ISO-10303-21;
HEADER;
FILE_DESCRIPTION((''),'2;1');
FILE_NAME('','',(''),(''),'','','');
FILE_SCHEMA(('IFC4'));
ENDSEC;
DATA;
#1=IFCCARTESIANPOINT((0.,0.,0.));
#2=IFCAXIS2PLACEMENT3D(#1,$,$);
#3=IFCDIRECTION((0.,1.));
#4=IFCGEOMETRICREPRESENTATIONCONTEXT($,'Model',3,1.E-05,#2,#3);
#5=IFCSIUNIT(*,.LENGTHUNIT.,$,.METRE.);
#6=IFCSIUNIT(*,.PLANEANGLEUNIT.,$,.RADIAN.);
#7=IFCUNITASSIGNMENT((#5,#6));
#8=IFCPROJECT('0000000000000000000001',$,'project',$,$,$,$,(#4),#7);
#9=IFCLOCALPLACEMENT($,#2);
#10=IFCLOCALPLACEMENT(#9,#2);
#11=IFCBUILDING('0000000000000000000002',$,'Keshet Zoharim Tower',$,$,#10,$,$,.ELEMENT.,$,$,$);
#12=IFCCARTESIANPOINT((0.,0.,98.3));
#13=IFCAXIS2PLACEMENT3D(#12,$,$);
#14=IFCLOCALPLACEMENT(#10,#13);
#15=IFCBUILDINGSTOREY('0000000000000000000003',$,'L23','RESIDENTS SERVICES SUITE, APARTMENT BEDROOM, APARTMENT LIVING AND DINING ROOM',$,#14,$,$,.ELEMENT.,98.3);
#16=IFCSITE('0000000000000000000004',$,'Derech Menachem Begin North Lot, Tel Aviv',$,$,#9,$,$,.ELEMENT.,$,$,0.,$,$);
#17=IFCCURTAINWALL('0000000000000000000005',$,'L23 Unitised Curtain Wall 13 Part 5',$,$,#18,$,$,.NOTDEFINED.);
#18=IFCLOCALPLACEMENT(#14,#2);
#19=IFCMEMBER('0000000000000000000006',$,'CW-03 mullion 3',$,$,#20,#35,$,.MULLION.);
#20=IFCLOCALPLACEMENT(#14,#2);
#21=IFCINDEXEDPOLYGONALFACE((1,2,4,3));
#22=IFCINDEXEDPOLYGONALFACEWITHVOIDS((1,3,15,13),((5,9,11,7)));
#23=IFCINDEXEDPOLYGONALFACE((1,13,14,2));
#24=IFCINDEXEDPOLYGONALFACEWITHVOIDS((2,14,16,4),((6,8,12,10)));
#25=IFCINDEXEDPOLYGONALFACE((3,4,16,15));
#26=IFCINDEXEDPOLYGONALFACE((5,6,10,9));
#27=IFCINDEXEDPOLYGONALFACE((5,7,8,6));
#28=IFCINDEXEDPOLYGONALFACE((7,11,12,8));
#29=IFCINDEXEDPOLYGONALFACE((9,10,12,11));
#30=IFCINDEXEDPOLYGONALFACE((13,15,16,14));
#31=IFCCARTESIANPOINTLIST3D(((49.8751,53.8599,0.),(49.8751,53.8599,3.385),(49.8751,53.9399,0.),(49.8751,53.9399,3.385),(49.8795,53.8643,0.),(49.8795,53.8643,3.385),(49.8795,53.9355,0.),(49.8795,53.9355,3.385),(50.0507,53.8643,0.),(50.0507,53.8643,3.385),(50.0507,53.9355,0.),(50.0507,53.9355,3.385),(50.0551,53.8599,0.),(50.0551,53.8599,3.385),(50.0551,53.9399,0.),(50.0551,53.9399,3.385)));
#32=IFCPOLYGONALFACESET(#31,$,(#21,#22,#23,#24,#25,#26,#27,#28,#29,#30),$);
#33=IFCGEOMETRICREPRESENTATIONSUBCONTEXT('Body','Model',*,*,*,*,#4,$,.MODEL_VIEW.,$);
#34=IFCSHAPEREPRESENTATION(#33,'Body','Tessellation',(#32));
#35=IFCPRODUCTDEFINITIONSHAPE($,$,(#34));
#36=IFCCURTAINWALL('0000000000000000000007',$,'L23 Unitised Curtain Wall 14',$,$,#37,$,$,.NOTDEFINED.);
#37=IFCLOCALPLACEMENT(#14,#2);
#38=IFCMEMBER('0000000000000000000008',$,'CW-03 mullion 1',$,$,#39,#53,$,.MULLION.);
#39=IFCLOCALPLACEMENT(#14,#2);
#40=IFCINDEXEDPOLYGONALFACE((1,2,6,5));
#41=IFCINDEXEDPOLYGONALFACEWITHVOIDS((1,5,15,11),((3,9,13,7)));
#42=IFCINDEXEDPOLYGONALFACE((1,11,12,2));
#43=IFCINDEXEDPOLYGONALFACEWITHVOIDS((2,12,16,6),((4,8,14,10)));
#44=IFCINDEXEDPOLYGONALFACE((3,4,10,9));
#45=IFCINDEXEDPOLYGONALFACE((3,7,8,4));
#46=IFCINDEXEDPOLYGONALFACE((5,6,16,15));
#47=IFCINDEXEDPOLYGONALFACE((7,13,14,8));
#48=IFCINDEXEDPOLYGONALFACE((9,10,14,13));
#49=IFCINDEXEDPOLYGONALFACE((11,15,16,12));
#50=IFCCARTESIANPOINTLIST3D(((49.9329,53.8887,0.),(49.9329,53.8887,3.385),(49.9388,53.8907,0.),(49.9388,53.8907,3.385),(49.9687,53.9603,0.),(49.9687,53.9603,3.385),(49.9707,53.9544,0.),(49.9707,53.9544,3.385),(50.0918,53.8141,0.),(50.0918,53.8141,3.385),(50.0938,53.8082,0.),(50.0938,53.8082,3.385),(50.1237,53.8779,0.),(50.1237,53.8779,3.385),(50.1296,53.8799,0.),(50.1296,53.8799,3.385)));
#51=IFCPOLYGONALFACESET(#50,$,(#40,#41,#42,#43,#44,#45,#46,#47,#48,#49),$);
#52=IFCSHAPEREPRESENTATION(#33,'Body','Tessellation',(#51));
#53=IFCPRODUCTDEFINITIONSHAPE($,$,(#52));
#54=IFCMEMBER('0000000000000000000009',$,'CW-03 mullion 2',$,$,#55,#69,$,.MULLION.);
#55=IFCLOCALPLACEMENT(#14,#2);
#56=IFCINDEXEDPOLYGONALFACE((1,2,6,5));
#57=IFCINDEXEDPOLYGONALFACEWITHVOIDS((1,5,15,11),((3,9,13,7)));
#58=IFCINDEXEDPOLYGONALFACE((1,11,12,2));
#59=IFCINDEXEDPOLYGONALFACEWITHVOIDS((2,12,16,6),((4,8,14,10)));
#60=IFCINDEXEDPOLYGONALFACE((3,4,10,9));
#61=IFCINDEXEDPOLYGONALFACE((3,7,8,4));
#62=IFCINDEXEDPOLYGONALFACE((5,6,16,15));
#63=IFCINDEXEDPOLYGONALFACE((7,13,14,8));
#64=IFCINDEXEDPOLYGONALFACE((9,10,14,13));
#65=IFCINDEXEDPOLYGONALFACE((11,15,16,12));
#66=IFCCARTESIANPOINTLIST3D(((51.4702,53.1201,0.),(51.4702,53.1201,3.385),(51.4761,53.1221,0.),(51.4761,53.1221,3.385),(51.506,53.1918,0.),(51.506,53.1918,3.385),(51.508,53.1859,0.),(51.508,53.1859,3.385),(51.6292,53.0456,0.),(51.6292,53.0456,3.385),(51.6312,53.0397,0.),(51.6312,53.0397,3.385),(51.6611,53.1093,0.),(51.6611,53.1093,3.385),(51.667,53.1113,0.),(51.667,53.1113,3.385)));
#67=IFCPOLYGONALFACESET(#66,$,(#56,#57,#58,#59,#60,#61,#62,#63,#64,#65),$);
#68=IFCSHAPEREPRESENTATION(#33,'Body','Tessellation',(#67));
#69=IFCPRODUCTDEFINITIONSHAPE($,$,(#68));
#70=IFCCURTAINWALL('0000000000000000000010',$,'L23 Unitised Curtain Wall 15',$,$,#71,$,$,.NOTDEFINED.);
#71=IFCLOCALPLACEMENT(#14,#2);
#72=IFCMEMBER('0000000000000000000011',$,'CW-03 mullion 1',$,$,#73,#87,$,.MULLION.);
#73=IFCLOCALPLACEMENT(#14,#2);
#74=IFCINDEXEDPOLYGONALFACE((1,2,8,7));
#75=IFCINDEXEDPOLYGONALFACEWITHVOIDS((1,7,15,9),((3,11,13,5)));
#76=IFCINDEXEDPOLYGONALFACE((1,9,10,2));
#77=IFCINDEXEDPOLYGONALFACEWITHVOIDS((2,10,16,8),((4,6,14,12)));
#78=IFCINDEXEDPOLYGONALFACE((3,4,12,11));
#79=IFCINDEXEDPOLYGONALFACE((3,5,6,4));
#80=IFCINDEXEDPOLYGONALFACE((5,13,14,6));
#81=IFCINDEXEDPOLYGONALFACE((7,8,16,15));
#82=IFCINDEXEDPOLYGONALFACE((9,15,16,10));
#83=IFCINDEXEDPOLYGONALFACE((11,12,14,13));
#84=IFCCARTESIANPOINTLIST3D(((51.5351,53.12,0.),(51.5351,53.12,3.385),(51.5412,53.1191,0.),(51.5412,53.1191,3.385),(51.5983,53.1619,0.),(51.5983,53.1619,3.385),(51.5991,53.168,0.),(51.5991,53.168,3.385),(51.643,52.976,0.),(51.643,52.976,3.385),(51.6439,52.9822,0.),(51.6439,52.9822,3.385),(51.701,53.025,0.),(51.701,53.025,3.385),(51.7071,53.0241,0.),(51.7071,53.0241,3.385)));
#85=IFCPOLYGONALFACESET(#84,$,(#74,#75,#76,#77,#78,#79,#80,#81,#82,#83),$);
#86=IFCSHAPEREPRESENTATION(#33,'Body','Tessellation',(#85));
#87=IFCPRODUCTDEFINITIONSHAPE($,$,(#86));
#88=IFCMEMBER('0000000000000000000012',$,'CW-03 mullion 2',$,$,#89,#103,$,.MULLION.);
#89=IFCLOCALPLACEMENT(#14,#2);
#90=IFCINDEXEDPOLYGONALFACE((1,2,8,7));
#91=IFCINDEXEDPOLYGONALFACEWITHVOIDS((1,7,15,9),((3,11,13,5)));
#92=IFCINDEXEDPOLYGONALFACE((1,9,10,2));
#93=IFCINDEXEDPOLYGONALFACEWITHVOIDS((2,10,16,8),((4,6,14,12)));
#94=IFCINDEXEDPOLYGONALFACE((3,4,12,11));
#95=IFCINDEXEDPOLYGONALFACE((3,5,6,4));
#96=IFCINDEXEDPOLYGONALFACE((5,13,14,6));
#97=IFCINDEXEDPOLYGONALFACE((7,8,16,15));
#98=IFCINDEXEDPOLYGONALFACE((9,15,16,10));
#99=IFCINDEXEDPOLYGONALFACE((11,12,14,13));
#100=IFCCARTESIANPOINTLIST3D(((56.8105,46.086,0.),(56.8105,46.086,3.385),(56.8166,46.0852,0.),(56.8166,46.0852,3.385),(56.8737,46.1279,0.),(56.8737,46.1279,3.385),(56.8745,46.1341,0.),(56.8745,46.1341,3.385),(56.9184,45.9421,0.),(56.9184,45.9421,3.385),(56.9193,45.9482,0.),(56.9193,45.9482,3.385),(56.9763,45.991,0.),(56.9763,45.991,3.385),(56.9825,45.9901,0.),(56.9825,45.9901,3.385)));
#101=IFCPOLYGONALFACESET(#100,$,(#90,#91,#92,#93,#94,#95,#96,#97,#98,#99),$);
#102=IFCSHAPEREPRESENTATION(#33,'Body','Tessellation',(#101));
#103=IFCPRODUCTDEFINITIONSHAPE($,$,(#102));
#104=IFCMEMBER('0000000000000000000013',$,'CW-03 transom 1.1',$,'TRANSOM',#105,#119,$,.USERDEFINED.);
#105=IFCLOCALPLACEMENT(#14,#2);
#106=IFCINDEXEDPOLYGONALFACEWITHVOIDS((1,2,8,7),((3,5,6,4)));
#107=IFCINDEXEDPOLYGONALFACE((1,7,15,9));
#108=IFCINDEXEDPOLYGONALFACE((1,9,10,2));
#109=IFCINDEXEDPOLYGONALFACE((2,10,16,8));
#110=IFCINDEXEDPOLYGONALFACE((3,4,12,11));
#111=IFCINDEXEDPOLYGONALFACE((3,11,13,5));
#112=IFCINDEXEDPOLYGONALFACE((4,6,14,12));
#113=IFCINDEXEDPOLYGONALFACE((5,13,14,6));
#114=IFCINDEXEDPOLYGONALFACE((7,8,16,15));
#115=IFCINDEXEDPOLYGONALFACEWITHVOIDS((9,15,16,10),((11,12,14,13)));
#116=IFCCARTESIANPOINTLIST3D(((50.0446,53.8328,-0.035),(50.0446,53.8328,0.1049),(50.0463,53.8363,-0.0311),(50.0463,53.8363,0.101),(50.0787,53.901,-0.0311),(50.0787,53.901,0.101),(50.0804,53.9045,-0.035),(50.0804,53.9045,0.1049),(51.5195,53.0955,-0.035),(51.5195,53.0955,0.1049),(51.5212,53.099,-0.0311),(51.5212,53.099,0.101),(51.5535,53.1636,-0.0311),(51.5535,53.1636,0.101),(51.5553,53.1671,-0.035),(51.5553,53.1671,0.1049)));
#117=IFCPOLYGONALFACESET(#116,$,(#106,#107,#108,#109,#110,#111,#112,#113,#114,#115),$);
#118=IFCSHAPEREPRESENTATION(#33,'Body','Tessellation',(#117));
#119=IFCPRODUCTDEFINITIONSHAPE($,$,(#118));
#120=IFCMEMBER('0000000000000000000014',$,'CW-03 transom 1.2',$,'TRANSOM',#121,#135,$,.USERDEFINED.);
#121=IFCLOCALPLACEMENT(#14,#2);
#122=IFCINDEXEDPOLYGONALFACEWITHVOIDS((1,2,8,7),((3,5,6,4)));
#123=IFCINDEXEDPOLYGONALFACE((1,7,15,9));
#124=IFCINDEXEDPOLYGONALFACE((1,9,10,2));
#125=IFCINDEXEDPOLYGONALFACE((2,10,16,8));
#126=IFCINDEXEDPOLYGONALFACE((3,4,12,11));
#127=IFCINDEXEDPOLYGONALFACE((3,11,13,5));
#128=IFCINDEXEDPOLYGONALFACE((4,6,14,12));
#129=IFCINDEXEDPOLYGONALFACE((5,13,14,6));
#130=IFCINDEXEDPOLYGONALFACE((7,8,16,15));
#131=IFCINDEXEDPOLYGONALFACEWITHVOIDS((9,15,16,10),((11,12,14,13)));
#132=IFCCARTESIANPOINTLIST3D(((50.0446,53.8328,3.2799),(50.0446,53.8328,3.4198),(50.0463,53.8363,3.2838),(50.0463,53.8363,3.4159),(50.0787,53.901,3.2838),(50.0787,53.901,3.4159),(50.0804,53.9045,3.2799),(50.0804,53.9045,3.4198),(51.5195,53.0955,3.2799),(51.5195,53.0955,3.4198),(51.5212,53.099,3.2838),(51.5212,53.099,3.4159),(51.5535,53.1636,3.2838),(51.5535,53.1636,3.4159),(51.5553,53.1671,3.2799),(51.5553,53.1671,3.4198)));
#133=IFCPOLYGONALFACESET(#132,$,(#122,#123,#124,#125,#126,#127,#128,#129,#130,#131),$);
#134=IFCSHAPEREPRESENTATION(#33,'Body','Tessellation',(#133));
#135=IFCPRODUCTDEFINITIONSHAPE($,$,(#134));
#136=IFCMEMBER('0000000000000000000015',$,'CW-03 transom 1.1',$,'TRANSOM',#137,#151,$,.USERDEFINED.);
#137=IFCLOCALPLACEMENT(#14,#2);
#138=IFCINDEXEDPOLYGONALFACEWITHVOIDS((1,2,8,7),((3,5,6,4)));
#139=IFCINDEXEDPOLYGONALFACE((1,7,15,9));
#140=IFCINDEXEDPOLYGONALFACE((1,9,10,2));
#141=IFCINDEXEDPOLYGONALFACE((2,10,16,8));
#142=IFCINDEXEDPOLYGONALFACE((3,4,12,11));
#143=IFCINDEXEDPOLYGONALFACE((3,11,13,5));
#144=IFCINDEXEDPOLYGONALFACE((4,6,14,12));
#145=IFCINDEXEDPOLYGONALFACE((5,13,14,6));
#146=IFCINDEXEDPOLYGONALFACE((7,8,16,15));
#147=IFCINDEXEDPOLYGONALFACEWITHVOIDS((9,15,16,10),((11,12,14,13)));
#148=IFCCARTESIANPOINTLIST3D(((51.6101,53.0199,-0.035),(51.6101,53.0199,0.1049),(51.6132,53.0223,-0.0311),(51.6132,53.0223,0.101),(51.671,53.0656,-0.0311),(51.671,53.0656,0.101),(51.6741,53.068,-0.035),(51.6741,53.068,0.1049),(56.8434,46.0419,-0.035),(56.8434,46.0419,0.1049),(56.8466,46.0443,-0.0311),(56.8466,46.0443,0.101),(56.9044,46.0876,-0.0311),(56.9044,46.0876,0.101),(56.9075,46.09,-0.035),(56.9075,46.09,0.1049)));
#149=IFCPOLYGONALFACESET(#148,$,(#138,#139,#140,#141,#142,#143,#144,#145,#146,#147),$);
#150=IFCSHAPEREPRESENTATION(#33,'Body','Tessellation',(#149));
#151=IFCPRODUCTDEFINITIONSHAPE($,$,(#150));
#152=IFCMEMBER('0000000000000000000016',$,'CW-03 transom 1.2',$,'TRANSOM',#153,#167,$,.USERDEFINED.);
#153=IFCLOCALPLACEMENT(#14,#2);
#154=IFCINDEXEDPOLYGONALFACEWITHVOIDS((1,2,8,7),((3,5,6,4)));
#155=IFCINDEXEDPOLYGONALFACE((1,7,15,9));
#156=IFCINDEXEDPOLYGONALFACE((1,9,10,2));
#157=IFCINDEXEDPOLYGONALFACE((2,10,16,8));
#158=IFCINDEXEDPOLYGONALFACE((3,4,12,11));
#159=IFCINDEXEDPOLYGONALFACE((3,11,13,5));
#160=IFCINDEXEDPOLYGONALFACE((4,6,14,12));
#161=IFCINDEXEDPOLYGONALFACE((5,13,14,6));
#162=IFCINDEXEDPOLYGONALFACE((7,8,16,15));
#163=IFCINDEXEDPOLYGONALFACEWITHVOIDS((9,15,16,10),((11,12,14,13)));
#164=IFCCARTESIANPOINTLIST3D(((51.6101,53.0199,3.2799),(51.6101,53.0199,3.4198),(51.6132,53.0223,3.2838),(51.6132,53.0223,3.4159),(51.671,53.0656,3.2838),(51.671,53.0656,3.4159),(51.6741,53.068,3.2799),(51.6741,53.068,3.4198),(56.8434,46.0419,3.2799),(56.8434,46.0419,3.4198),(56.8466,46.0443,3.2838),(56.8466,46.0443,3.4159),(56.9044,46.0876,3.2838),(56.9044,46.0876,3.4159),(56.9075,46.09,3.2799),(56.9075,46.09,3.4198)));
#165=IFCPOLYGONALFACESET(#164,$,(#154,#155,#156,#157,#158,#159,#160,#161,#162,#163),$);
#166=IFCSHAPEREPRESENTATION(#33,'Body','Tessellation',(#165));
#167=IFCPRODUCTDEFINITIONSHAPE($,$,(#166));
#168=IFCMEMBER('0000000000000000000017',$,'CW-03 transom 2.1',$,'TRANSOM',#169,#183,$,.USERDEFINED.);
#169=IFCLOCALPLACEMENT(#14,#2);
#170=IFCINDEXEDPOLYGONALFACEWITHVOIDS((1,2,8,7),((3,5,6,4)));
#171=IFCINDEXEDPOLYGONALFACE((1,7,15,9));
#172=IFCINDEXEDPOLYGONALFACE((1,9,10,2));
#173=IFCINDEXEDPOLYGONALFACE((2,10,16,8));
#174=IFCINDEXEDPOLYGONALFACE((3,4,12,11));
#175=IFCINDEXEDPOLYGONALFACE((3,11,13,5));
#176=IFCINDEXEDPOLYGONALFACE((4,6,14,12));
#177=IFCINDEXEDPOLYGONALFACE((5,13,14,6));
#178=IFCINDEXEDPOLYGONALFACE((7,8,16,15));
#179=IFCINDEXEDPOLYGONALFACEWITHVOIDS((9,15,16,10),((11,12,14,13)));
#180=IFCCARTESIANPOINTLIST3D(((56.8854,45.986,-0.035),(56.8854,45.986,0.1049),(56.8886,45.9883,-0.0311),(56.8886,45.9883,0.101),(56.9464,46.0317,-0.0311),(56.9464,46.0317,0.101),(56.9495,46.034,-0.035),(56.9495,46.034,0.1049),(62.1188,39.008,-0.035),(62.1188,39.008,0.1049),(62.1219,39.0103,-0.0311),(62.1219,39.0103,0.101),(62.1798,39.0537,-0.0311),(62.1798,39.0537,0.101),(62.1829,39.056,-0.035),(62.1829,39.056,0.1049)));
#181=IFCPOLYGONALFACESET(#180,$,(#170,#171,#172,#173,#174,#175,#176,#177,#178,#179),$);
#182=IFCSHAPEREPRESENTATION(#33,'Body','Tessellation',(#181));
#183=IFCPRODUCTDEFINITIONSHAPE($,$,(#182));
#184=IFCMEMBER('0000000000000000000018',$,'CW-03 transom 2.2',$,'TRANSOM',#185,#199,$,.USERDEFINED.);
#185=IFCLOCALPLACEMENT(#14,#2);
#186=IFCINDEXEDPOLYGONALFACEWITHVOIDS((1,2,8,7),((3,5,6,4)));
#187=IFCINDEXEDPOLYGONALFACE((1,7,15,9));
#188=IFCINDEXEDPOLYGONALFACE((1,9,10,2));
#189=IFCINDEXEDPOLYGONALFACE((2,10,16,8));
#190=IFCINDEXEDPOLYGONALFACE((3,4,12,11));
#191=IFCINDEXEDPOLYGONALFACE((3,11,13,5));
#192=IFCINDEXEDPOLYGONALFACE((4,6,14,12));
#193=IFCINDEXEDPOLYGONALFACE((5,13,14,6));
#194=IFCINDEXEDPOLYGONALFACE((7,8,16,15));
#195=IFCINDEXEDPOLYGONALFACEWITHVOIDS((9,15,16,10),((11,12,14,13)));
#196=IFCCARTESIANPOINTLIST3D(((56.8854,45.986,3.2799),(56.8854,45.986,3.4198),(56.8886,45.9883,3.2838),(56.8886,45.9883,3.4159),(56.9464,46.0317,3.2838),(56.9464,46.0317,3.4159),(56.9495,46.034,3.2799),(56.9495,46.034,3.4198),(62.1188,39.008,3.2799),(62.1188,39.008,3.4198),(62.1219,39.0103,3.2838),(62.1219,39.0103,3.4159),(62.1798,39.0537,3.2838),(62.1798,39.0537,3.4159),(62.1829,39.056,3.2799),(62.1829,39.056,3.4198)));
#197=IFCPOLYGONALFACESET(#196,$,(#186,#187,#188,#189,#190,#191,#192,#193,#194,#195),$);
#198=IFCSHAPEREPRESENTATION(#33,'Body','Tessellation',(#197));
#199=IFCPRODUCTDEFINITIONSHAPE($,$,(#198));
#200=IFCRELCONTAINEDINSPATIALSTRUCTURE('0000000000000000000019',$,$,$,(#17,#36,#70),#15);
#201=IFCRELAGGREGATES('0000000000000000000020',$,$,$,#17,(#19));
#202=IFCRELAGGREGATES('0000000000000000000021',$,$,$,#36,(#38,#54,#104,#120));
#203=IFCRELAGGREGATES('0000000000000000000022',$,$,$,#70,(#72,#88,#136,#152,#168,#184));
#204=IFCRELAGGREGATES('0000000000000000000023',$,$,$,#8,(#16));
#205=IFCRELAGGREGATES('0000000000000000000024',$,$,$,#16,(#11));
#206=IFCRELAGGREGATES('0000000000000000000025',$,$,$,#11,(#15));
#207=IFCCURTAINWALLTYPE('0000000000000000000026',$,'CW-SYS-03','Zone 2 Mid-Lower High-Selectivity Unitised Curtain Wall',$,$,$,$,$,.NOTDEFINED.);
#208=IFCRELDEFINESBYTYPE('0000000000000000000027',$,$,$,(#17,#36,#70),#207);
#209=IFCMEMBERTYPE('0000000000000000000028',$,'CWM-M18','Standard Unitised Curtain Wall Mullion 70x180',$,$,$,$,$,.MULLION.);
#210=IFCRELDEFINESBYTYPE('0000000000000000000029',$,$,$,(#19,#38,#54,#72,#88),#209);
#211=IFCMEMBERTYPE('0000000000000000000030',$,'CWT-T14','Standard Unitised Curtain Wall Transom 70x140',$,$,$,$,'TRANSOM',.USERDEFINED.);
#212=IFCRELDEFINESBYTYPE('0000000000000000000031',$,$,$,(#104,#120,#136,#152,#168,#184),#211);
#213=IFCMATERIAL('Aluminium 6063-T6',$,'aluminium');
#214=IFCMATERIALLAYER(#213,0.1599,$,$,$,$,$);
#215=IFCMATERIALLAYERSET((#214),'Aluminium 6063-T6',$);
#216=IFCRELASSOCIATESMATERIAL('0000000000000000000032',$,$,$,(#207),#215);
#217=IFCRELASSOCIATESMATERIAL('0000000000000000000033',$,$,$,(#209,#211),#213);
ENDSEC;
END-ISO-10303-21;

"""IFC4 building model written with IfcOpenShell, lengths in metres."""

from ifc_helpers import new_model, si_unit, direction, frame, origin, origin_2d, place, context, subcontext, project, spatial, hollow_rectangle, extrude, material, layer, layer_set, material_profile, profile_set, type_object, element, aggregate, save


model = new_model("IFC4")

# Units and contexts
model_context = context("Model", 3, precision=1e-05, world=origin(), true_north=direction((0.0, 1.0)))
body_context = subcontext(model_context, "Body", "Model", "MODEL_VIEW")
ifc_project = project(units=[si_unit("LENGTHUNIT", "METRE"), si_unit("PLANEANGLEUNIT", "RADIAN")], contexts=[model_context])

# Site, building, storey
site_placement = place(None, origin())
site = spatial("IfcSite", under=ifc_project, at=site_placement, Name="Derech Menachem Begin North Lot, Tel Aviv", CompositionType="ELEMENT", RefElevation=0.0)
building_placement = place(site_placement, origin())
building = spatial("IfcBuilding", under=site, at=building_placement, Name="Keshet Zoharim Tower", CompositionType="ELEMENT")
storey_placement = place(building_placement, frame((0.0, 0.0, 98.3)))
storey = spatial("IfcBuildingStorey", under=building, at=storey_placement, Name="L23", Description="RESIDENTS SERVICES SUITE, APARTMENT BEDROOM, APARTMENT LIVING AND DINING ROOM", CompositionType="ELEMENT", Elevation=98.3)

# Curtain wall, member
ifc_material_1 = material(Name="Aluminium 6063-T6", Category="aluminium")
ifc_layer_1 = layer(ifc_material_1, 0.1599)
ifc_layer_set_1 = layer_set([ifc_layer_1], Name="Aluminium 6063-T6")
curtain_wall_type = type_object("IfcCurtainWallType", Name="CW-SYS-03", Description="Zone 2 Mid-Lower High-Selectivity Unitised Curtain Wall", PredefinedType="NOTDEFINED", material=ifc_layer_set_1)
curtain_wall_1_placement = place(storey_placement, origin())
curtain_wall_1 = element("IfcCurtainWall", 1, at=curtain_wall_1_placement, inside=storey, type_object=curtain_wall_type, Name="L23 Unitised Curtain Wall 13 Part 5", PredefinedType="NOTDEFINED")
ifc_material_profile_1 = material_profile(ifc_material_1, hollow_rectangle(XDim=0.0801, YDim=0.1799, WallThickness=0.0044, at=origin_2d()), Name="MUL-80x180")
ifc_profile_set_1 = profile_set([ifc_material_profile_1], Name="Aluminium 6063-T6")
member_type_1 = type_object("IfcMemberType", Name="CWM-M18", Description="Standard Unitised Curtain Wall Mullion 70x180", PredefinedType="MULLION", material=ifc_profile_set_1)
member_1_placement = place(storey_placement, frame((49.9651, 53.8999, 0.0), z_axis=(0.0, 0.0, 1.0), x_axis=(0.0, 1.0, 0.0)))
member_1 = element("IfcMember", 2, at=member_1_placement, type_object=member_type_1, Name="CW-03 mullion 3", PredefinedType="MULLION", context=body_context, shape_type="SweptSolid", body=[
    extrude(hollow_rectangle(XDim=0.0801, YDim=0.1799, WallThickness=0.0044, at=origin_2d()), origin(), (0.0, 0.0, 1.0), 3.385),
])

# Curtain walls, members
curtain_wall_2_placement = place(storey_placement, origin())
curtain_wall_2 = element("IfcCurtainWall", 3, at=curtain_wall_2_placement, inside=storey, type_object=curtain_wall_type, Name="L23 Unitised Curtain Wall 14", PredefinedType="NOTDEFINED")
member_2_placement = place(storey_placement, frame((50.0312, 53.8843, 0.0), z_axis=(0.0, 0.0, 1.0), x_axis=(0.447214, 0.894427, 0.0)))
member_2 = element("IfcMember", 4, at=member_2_placement, type_object=member_type_1, Name="CW-03 mullion 1", PredefinedType="MULLION", context=body_context, shape_type="SweptSolid", body=[
    extrude(hollow_rectangle(XDim=0.0801, YDim=0.1799, WallThickness=0.0044, at=origin_2d()), origin(), (0.0, 0.0, 1.0), 3.385),
])
member_3_placement = place(storey_placement, frame((51.5686, 53.1157, 0.0), z_axis=(0.0, 0.0, 1.0), x_axis=(0.447214, 0.894427, 0.0)))
member_3 = element("IfcMember", 5, at=member_3_placement, type_object=member_type_1, Name="CW-03 mullion 2", PredefinedType="MULLION", context=body_context, shape_type="SweptSolid", body=[
    extrude(hollow_rectangle(XDim=0.0801, YDim=0.1799, WallThickness=0.0044, at=origin_2d()), origin(), (0.0, 0.0, 1.0), 3.385),
])
curtain_wall_3_placement = place(storey_placement, origin())
curtain_wall_3 = element("IfcCurtainWall", 6, at=curtain_wall_3_placement, inside=storey, type_object=curtain_wall_type, Name="L23 Unitised Curtain Wall 15", PredefinedType="NOTDEFINED")
member_4_placement = place(storey_placement, frame((51.6211, 53.072, 0.0), z_axis=(0.0, 0.0, 1.0), x_axis=(0.8, 0.6, 0.0)))
member_4 = element("IfcMember", 7, at=member_4_placement, type_object=member_type_1, Name="CW-03 mullion 1", PredefinedType="MULLION", context=body_context, shape_type="SweptSolid", body=[
    extrude(hollow_rectangle(XDim=0.0801, YDim=0.1799, WallThickness=0.0044, at=origin_2d()), origin(), (0.0, 0.0, 1.0), 3.385),
])
member_5_placement = place(storey_placement, frame((56.8965, 46.0381, 0.0), z_axis=(0.0, 0.0, 1.0), x_axis=(0.8, 0.6, 0.0)))
member_5 = element("IfcMember", 8, at=member_5_placement, type_object=member_type_1, Name="CW-03 mullion 2", PredefinedType="MULLION", context=body_context, shape_type="SweptSolid", body=[
    extrude(hollow_rectangle(XDim=0.0801, YDim=0.1799, WallThickness=0.0044, at=origin_2d()), origin(), (0.0, 0.0, 1.0), 3.385),
])

# Members
ifc_material_profile_2 = material_profile(ifc_material_1, hollow_rectangle(XDim=0.0801, YDim=0.1399, WallThickness=0.0039, at=origin_2d()), Name="TRN-80x140")
ifc_profile_set_2 = profile_set([ifc_material_profile_2], Name="Aluminium 6063-T6")
member_type_2 = type_object("IfcMemberType", Name="CWT-T14", Description="Standard Unitised Curtain Wall Transom 70x140", ElementType="TRANSOM", PredefinedType="USERDEFINED", material=ifc_profile_set_2)
member_6_placement = place(storey_placement, frame((50.0625, 53.8687, 0.0349), z_axis=(0.894457, -0.447154, 0.0), x_axis=(0.447154, 0.894457, 0.0)))
member_6 = element("IfcMember", 9, at=member_6_placement, type_object=member_type_2, Name="CW-03 transom 1.1", ObjectType="TRANSOM", PredefinedType="USERDEFINED", context=body_context, shape_type="SweptSolid", body=[
    extrude(hollow_rectangle(XDim=0.0801, YDim=0.1399, WallThickness=0.0039, at=origin_2d()), origin(), (0.0, 0.0, 1.0), 1.6489),
])
member_7_placement = place(storey_placement, frame((50.0625, 53.8687, 3.3499), z_axis=(0.894457, -0.447154, 0.0), x_axis=(0.447154, 0.894457, 0.0)))
member_7 = element("IfcMember", 10, at=member_7_placement, type_object=member_type_2, Name="CW-03 transom 1.2", ObjectType="TRANSOM", PredefinedType="USERDEFINED", context=body_context, shape_type="SweptSolid", body=[
    extrude(hollow_rectangle(XDim=0.0801, YDim=0.1399, WallThickness=0.0039, at=origin_2d()), origin(), (0.0, 0.0, 1.0), 1.6489),
])
member_8_placement = place(storey_placement, frame((51.6421, 53.0439, 0.0349), z_axis=(0.599991, -0.800007, 0.0), x_axis=(0.800007, 0.599991, 0.0)))
member_8 = element("IfcMember", 11, at=member_8_placement, type_object=member_type_2, Name="CW-03 transom 1.1", ObjectType="TRANSOM", PredefinedType="USERDEFINED", context=body_context, shape_type="SweptSolid", body=[
    extrude(hollow_rectangle(XDim=0.0801, YDim=0.1399, WallThickness=0.0039, at=origin_2d()), origin(), (0.0, 0.0, 1.0), 8.7224),
])
member_9_placement = place(storey_placement, frame((51.6421, 53.0439, 3.3499), z_axis=(0.599991, -0.800007, 0.0), x_axis=(0.800007, 0.599991, 0.0)))
member_9 = element("IfcMember", 12, at=member_9_placement, type_object=member_type_2, Name="CW-03 transom 1.2", ObjectType="TRANSOM", PredefinedType="USERDEFINED", context=body_context, shape_type="SweptSolid", body=[
    extrude(hollow_rectangle(XDim=0.0801, YDim=0.1399, WallThickness=0.0039, at=origin_2d()), origin(), (0.0, 0.0, 1.0), 8.7224),
])
member_10_placement = place(storey_placement, frame((56.9175, 46.01, 0.0349), z_axis=(0.599991, -0.800007, 0.0), x_axis=(0.800007, 0.599991, 0.0)))
member_10 = element("IfcMember", 13, at=member_10_placement, type_object=member_type_2, Name="CW-03 transom 2.1", ObjectType="TRANSOM", PredefinedType="USERDEFINED", context=body_context, shape_type="SweptSolid", body=[
    extrude(hollow_rectangle(XDim=0.0801, YDim=0.1399, WallThickness=0.0039, at=origin_2d()), origin(), (0.0, 0.0, 1.0), 8.7224),
])
member_11_placement = place(storey_placement, frame((56.9175, 46.01, 3.3499), z_axis=(0.599991, -0.800007, 0.0), x_axis=(0.800007, 0.599991, 0.0)))
member_11 = element("IfcMember", 14, at=member_11_placement, type_object=member_type_2, Name="CW-03 transom 2.2", ObjectType="TRANSOM", PredefinedType="USERDEFINED", context=body_context, shape_type="SweptSolid", body=[
    extrude(hollow_rectangle(XDim=0.0801, YDim=0.1399, WallThickness=0.0039, at=origin_2d()), origin(), (0.0, 0.0, 1.0), 8.7224),
])

aggregate(curtain_wall_1, [member_1])
aggregate(curtain_wall_2, [member_2, member_3, member_6, member_7])
aggregate(curtain_wall_3, [member_4, member_5, member_8, member_9, member_10, member_11])

save(model, "model.ifc")
